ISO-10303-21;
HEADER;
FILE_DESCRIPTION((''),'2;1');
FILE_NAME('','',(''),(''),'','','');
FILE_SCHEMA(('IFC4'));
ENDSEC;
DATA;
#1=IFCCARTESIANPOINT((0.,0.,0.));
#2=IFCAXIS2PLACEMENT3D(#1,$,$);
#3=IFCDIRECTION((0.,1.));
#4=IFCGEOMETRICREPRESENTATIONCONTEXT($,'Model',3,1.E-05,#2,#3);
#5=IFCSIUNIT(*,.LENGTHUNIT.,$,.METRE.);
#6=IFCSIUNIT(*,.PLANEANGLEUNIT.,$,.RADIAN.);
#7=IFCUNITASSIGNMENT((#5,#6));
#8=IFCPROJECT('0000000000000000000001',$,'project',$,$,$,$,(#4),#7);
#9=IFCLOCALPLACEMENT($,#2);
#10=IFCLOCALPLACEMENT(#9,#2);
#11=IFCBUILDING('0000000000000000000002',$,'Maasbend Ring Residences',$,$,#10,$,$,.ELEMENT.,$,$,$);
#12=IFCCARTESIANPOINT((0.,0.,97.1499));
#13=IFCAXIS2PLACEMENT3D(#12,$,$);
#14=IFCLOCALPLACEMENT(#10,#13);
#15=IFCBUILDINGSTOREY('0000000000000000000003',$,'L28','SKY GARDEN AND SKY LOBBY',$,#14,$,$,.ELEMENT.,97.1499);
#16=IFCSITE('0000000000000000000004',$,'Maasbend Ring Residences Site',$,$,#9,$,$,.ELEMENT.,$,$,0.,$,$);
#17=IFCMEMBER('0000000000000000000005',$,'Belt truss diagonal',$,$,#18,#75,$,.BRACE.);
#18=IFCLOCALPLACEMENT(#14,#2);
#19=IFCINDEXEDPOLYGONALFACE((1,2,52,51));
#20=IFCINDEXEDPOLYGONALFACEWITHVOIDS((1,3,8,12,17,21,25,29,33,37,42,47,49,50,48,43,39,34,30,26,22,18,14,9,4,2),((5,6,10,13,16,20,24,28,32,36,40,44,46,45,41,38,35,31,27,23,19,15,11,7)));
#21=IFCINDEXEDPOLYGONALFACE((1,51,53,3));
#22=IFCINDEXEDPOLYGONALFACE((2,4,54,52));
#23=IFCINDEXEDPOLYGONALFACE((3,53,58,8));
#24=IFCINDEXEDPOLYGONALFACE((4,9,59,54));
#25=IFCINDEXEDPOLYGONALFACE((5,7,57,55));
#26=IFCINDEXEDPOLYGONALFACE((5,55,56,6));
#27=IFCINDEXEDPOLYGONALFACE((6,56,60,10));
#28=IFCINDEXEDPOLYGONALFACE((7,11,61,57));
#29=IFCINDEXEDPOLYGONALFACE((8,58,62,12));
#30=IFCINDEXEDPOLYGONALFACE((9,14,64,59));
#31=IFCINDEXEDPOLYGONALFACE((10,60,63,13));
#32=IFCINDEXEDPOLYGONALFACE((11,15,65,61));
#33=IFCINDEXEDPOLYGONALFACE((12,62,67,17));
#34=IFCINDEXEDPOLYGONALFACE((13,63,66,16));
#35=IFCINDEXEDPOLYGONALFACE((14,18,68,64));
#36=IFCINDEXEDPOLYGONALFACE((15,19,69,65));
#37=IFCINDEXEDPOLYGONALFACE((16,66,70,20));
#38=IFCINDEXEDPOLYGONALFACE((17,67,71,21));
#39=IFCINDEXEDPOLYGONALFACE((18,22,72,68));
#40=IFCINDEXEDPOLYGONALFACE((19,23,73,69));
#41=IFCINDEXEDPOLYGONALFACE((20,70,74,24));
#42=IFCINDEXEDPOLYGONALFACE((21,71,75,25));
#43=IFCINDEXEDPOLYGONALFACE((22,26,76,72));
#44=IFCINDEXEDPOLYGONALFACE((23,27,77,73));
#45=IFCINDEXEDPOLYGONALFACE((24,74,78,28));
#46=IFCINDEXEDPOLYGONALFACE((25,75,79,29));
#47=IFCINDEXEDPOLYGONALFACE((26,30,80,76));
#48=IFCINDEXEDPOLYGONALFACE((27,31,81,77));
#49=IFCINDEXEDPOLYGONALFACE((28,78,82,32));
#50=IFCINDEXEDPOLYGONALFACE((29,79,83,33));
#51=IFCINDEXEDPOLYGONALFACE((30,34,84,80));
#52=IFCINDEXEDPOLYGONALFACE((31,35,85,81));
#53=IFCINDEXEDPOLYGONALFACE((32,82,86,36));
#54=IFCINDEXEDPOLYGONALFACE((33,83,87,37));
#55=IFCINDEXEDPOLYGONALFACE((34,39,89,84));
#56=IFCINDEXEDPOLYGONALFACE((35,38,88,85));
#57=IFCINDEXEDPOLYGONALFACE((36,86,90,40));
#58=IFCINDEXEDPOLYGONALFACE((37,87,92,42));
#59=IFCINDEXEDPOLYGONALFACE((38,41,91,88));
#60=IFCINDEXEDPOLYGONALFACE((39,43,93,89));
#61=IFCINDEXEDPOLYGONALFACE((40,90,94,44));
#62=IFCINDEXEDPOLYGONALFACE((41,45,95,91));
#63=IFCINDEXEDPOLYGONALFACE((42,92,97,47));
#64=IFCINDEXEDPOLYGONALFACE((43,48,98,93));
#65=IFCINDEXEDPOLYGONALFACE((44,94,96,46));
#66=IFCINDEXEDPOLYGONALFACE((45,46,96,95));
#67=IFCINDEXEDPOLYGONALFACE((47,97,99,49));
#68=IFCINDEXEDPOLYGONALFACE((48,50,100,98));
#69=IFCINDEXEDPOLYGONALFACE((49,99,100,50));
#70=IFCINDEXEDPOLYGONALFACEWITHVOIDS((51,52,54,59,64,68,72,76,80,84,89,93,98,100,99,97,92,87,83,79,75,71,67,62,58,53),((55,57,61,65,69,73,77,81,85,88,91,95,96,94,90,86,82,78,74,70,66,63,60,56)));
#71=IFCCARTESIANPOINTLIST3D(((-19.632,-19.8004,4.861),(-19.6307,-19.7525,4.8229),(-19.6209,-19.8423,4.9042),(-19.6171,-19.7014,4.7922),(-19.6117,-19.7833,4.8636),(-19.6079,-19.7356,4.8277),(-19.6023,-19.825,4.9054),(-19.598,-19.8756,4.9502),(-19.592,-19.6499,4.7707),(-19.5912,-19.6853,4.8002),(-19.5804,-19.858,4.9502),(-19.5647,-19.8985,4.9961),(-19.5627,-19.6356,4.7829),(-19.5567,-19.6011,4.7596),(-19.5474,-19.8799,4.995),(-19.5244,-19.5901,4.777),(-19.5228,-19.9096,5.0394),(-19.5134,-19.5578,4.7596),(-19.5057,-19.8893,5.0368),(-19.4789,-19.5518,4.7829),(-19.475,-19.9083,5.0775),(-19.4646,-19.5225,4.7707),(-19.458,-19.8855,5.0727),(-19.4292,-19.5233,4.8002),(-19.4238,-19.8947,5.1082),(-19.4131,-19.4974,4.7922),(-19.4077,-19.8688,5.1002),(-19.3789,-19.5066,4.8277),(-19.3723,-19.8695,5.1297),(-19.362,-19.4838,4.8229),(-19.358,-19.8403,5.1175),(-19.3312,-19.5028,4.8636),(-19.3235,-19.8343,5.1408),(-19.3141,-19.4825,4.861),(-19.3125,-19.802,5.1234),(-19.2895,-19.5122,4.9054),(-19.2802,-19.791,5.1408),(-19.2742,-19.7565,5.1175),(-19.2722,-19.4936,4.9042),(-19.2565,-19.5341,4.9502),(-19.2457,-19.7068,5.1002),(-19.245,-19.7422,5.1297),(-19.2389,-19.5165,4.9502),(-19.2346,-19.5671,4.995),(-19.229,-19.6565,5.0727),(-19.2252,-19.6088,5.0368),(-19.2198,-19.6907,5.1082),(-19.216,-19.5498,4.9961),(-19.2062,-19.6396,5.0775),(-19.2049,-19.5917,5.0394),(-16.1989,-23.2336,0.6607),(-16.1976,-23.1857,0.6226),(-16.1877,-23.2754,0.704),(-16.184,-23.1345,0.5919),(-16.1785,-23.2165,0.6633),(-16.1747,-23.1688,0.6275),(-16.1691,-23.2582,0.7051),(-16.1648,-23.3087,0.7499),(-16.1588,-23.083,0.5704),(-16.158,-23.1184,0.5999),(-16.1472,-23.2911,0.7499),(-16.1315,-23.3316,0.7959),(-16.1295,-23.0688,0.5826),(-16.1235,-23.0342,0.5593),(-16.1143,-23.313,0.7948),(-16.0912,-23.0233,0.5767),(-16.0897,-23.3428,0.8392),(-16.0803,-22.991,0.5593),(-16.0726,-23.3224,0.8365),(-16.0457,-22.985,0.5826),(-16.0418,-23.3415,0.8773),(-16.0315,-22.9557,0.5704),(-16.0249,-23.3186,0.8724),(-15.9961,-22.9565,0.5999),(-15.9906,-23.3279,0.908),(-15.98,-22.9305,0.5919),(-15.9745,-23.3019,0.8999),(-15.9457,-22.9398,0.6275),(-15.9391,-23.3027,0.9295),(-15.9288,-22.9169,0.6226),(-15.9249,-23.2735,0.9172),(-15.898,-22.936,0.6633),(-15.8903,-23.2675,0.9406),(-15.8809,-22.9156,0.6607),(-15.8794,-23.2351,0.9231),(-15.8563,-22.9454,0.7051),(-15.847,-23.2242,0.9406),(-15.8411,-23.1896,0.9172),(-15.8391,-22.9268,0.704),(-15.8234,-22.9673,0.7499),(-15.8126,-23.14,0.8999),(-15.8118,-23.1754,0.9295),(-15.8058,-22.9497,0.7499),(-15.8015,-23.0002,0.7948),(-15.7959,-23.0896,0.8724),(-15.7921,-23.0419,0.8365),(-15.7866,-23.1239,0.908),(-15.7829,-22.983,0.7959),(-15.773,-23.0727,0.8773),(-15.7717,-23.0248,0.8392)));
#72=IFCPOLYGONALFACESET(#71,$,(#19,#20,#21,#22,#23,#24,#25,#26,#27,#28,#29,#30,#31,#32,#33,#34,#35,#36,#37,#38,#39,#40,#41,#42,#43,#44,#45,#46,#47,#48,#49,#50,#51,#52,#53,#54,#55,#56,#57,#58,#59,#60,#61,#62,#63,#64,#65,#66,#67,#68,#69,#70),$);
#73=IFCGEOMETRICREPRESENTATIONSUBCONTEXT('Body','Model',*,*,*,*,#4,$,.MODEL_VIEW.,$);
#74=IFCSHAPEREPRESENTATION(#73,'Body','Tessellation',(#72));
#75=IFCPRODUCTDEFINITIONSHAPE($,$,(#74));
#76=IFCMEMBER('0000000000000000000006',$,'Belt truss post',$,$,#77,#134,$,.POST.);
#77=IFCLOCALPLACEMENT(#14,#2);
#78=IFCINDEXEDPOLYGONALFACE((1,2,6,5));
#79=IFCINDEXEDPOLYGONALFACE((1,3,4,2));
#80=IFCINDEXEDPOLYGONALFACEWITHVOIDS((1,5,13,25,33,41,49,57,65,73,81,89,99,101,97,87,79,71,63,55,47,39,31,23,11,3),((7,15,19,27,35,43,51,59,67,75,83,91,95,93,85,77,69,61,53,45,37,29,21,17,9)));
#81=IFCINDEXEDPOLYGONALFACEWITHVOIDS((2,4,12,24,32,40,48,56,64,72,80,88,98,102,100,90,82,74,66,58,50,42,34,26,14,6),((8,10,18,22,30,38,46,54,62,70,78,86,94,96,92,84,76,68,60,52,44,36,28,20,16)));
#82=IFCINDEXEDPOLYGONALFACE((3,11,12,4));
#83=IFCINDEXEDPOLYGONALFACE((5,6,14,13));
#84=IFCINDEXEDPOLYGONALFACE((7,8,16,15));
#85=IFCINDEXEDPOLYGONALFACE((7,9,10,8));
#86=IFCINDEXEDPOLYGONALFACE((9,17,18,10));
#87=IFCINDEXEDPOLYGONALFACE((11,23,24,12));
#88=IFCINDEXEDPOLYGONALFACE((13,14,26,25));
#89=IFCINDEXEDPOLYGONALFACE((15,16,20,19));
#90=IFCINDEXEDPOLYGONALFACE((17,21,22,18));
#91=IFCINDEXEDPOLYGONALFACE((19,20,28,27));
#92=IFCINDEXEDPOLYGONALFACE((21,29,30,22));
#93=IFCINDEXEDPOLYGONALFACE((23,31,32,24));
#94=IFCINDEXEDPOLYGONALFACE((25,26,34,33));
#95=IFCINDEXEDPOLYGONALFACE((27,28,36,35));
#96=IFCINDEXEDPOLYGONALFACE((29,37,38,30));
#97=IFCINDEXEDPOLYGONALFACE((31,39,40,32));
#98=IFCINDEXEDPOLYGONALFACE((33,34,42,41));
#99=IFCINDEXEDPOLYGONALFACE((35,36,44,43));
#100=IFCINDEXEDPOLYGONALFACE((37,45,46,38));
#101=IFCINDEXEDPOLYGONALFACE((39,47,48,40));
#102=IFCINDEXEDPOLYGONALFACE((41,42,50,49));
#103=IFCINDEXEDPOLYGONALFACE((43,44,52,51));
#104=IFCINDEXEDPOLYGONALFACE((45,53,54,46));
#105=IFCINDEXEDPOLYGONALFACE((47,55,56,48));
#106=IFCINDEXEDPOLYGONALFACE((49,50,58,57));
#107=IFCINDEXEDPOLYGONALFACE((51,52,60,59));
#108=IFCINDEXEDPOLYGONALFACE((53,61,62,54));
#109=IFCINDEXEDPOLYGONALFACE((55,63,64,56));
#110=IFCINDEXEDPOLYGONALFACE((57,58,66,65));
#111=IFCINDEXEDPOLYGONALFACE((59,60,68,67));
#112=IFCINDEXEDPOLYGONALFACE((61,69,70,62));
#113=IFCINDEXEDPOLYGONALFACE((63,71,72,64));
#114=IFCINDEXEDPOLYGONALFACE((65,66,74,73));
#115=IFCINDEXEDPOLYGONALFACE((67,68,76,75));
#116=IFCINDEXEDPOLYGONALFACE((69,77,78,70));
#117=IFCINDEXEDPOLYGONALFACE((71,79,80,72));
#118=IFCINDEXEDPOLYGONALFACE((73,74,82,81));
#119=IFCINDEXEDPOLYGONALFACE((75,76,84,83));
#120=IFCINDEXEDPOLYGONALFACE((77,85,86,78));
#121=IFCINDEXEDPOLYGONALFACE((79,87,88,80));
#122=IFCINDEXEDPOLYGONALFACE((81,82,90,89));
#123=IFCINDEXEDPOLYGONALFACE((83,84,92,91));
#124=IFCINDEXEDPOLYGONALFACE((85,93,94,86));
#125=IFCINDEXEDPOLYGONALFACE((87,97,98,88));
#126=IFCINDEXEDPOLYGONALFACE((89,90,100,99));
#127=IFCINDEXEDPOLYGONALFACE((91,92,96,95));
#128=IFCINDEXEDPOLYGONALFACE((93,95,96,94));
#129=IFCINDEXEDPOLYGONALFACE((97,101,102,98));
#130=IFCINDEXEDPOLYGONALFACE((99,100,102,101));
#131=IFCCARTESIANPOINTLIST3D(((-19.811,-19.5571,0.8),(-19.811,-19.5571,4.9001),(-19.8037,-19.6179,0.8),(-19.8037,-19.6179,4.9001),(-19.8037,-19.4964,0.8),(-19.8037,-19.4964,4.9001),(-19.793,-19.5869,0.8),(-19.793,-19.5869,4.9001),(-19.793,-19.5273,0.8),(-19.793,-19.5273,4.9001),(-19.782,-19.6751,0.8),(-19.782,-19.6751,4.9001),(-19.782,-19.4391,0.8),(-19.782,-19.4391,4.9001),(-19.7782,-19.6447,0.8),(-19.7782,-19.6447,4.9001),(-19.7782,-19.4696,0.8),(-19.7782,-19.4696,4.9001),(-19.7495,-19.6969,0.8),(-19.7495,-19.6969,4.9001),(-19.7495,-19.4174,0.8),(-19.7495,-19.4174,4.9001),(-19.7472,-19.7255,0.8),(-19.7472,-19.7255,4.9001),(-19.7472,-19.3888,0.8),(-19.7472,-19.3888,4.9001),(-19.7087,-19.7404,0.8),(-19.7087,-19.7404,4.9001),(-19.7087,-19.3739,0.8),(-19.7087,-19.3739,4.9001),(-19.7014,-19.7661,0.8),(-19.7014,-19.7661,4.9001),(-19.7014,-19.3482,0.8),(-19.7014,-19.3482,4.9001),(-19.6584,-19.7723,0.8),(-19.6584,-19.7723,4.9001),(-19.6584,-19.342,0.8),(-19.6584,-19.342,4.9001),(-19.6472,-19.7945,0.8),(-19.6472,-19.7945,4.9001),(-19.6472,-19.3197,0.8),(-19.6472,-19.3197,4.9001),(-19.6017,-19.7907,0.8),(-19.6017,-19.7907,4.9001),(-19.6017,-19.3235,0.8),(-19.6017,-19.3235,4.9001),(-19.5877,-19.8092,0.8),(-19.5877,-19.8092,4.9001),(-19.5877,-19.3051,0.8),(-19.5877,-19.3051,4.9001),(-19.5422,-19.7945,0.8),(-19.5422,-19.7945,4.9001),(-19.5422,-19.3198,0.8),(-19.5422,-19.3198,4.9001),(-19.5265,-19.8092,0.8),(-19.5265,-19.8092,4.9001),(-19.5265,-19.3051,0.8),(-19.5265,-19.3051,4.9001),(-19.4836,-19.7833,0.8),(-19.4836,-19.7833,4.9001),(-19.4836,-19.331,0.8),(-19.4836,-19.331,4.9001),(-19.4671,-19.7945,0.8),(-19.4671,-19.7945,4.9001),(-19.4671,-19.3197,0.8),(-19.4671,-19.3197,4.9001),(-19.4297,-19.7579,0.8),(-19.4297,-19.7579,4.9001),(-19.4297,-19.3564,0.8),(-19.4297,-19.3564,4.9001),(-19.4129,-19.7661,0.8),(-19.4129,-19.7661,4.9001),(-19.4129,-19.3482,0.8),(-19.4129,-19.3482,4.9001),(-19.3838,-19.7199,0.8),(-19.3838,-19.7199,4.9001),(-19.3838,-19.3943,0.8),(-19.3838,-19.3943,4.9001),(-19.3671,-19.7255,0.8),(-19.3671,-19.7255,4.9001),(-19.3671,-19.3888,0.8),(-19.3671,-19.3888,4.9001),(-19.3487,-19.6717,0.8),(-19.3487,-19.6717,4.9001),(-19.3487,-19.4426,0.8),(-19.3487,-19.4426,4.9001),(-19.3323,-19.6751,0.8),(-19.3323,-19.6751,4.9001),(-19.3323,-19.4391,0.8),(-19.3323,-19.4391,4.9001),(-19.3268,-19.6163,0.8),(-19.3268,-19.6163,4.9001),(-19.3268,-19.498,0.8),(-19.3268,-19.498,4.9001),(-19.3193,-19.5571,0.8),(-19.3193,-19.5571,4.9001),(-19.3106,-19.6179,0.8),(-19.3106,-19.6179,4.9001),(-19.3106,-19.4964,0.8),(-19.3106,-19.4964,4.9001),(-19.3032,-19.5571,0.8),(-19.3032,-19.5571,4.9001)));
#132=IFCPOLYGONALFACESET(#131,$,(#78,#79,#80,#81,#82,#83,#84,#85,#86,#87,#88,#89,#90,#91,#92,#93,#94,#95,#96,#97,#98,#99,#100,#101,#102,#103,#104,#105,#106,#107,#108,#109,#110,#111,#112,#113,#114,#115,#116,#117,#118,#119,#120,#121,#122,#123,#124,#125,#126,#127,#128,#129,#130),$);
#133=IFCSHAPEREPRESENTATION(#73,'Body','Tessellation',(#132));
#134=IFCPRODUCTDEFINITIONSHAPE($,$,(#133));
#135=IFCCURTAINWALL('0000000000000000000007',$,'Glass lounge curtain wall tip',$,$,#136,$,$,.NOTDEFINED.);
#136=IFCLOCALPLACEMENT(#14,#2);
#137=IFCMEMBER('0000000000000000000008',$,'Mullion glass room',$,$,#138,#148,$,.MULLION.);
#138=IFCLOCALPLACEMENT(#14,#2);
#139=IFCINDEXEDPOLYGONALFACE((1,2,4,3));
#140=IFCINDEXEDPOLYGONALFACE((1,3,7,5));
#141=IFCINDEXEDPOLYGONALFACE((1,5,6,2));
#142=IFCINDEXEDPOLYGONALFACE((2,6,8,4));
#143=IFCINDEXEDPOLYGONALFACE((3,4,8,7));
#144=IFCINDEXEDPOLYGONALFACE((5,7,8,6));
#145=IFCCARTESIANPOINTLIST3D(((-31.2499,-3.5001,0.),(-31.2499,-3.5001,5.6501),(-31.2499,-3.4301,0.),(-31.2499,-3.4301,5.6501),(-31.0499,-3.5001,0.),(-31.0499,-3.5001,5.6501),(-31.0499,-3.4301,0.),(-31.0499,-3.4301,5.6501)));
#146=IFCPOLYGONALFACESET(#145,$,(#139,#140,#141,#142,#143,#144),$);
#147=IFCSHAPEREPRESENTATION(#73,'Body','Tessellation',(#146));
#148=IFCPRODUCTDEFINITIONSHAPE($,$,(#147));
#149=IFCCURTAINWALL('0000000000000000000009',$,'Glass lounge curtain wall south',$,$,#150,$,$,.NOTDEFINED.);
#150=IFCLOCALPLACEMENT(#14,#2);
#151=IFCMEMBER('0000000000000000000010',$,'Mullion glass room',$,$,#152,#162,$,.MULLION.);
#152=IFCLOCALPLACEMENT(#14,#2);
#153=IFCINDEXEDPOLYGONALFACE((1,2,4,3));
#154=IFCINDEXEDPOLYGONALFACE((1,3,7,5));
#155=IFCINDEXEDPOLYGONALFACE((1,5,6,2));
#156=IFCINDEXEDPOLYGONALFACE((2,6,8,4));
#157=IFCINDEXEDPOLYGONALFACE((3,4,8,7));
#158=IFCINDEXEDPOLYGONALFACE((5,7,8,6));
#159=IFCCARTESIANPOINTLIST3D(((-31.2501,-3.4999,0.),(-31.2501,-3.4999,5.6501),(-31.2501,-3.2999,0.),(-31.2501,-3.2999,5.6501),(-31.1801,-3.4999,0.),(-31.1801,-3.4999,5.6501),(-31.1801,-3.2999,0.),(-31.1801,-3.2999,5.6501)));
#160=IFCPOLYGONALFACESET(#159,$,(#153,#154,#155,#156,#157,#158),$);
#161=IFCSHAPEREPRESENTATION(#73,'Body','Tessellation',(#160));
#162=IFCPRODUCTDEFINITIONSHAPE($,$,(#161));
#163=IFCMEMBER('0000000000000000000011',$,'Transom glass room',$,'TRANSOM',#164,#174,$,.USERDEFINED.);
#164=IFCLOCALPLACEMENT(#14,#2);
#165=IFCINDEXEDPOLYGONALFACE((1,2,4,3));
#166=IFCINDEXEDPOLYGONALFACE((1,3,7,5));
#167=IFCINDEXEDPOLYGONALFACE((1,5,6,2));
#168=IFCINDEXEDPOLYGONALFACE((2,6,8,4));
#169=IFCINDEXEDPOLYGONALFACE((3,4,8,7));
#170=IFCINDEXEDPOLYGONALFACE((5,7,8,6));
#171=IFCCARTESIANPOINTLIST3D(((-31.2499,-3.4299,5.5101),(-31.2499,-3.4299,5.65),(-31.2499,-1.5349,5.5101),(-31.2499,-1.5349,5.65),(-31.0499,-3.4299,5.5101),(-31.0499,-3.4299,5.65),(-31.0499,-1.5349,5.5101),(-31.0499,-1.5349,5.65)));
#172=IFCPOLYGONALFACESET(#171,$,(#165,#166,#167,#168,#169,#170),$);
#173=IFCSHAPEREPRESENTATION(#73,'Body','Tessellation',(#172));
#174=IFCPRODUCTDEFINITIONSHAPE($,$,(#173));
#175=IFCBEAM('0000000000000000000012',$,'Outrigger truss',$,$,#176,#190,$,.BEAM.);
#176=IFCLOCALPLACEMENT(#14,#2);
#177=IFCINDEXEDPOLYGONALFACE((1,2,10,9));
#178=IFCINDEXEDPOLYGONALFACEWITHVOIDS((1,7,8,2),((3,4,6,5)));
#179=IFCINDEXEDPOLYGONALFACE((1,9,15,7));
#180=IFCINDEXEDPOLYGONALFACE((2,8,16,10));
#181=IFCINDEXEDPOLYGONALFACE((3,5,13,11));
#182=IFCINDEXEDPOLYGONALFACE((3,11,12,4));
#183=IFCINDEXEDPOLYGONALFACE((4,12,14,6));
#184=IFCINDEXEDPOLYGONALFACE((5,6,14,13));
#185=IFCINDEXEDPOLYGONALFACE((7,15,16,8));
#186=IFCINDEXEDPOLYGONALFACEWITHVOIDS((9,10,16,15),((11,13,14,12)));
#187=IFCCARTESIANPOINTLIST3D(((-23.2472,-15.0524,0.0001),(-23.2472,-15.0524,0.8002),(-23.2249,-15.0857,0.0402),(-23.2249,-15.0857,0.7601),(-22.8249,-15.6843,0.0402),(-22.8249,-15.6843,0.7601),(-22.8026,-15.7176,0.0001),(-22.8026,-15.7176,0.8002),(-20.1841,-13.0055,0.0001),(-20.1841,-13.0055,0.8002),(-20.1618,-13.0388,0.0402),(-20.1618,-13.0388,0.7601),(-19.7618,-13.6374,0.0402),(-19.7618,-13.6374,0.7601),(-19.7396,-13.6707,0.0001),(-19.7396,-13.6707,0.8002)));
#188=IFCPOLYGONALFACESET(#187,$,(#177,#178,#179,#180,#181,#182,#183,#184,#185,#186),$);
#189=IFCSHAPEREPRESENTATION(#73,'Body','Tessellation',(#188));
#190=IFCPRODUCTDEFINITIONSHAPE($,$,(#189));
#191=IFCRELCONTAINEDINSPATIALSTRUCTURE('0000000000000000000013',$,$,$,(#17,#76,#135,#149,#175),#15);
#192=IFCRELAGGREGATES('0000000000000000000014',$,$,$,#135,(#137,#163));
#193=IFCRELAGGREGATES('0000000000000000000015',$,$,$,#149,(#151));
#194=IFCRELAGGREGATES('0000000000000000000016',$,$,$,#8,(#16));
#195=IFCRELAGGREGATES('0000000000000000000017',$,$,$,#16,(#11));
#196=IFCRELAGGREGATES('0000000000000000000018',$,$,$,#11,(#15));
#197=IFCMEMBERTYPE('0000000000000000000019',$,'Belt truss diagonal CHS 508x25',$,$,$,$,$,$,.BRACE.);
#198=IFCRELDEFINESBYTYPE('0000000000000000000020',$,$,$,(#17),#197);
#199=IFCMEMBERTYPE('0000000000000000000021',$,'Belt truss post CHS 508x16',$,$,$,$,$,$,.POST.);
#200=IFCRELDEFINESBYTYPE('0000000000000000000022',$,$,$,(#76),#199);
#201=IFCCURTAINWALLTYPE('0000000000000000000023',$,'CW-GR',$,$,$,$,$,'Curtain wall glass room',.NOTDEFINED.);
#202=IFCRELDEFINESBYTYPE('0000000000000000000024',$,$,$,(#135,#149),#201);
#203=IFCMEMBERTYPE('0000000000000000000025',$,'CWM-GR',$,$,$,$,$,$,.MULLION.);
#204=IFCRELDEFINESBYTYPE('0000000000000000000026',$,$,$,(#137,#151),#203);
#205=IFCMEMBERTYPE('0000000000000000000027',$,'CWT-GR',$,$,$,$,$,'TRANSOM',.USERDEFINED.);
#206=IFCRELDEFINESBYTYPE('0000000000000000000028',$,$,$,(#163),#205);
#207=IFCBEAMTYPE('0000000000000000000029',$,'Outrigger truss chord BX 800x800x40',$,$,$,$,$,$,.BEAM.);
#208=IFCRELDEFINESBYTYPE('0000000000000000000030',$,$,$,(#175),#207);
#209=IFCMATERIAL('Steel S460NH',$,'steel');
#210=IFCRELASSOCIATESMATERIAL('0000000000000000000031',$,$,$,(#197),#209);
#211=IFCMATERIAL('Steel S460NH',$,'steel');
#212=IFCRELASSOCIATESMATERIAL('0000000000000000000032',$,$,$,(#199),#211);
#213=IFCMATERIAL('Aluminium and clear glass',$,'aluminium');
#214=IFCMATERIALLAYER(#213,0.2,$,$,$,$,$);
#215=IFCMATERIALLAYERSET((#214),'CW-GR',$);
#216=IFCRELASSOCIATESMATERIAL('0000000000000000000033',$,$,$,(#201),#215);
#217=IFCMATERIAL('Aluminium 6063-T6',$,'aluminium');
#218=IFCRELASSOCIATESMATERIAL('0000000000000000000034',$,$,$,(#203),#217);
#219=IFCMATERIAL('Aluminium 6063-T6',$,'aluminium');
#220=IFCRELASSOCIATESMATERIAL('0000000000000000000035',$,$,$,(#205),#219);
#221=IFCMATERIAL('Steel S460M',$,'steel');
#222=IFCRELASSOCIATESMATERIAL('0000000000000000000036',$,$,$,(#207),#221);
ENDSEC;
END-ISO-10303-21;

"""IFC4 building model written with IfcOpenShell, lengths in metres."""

from ifc_helpers import new_model, si_unit, direction, frame, origin, origin_2d, place, context, subcontext, project, spatial, rectangle, hollow_rectangle, hollow_circle, extrude, material, layer, layer_set, material_profile, profile_set, type_object, element, aggregate, save


model = new_model("IFC4")

# Units and contexts
model_context = context("Model", 3, precision=1e-05, world=origin(), true_north=direction((0.0, 1.0)))
body_context = subcontext(model_context, "Body", "Model", "MODEL_VIEW")
ifc_project = project(units=[si_unit("LENGTHUNIT", "METRE"), si_unit("PLANEANGLEUNIT", "RADIAN")], contexts=[model_context])

# Site, building, storey
site_placement = place(None, origin())
site = spatial("IfcSite", under=ifc_project, at=site_placement, Name="Maasbend Ring Residences Site", CompositionType="ELEMENT", RefElevation=0.0)
building_placement = place(site_placement, origin())
building = spatial("IfcBuilding", under=site, at=building_placement, Name="Maasbend Ring Residences", CompositionType="ELEMENT")
storey_placement = place(building_placement, frame((0.0, 0.0, 97.1499)))
storey = spatial("IfcBuildingStorey", under=building, at=storey_placement, Name="L28", Description="SKY GARDEN AND SKY LOBBY", CompositionType="ELEMENT", Elevation=97.1499)

# Members
ifc_material_1 = material(Name="Steel S460NH", Category="steel")
ifc_material_profile_1 = material_profile(ifc_material_1, hollow_circle(Radius=0.2539, WallThickness=0.0249, at=origin_2d()), Name="Belt truss diagonal CHS 508x25")
ifc_profile_set_1 = profile_set([ifc_material_profile_1], Name="Steel S460NH")
member_type_1 = type_object("IfcMemberType", Name="Belt truss diagonal CHS 508x25", PredefinedType="BRACE", material=ifc_profile_set_1)
for number, where, z_axis, x_axis, name in (
    (1, (-19.4185, -19.696, 4.9502), (0.534767, -0.534767, -0.654255), (0.707107, 0.707107, 0.0), "Belt truss diagonal"),
):
    element("IfcMember", number, at=place(storey_placement, frame(where, z_axis=z_axis, x_axis=x_axis)), inside=storey, type_object=member_type_1, Name=name, PredefinedType="BRACE", context=body_context, shape_type="SweptSolid", body=[
        extrude(hollow_circle(Radius=0.2539, WallThickness=0.0249, at=origin_2d()), origin(), (0.0, 0.0, 1.0), 6.4199),
    ])
ifc_material_2 = material(Name="Steel S460NH", Category="steel")
ifc_material_profile_2 = material_profile(ifc_material_2, hollow_circle(Radius=0.2539, WallThickness=0.0161, at=origin_2d()), Name="Belt truss post CHS 508x16")
ifc_profile_set_2 = profile_set([ifc_material_profile_2], Name="Steel S460NH")
member_type_2 = type_object("IfcMemberType", Name="Belt truss post CHS 508x16", PredefinedType="POST", material=ifc_profile_set_2)
member_1_placement = place(storey_placement, frame((-19.5571, -19.5571, 0.8), z_axis=(0.0, 0.0, 1.0), x_axis=(1.0, 0.0, 0.0)))
element("IfcMember", 2, at=member_1_placement, inside=storey, type_object=member_type_2, Name="Belt truss post", PredefinedType="POST", context=body_context, shape_type="SweptSolid", body=[
    extrude(hollow_circle(Radius=0.2539, WallThickness=0.0161, at=origin_2d()), origin(), (0.0, 0.0, 1.0), 4.1001),
])

# Curtain walls, members
ifc_material_3 = material(Name="Aluminium and clear glass", Category="aluminium")
ifc_layer_1 = layer(ifc_material_3, 0.2)
ifc_layer_set_1 = layer_set([ifc_layer_1], Name="CW-GR")
curtain_wall_type = type_object("IfcCurtainWallType", Name="CW-GR", ElementType="Curtain wall glass room", PredefinedType="NOTDEFINED", material=ifc_layer_set_1)
curtain_wall_1_placement = place(storey_placement, origin())
curtain_wall_1 = element("IfcCurtainWall", 3, at=curtain_wall_1_placement, inside=storey, type_object=curtain_wall_type, Name="Glass lounge curtain wall tip", PredefinedType="NOTDEFINED")
ifc_material_4 = material(Name="Aluminium 6063-T6", Category="aluminium")
ifc_material_profile_3 = material_profile(ifc_material_4, rectangle(XDim=0.2, YDim=0.0701, at=origin_2d()), Name="AL 200x70")
ifc_profile_set_3 = profile_set([ifc_material_profile_3], Name="Aluminium 6063-T6")
member_type_3 = type_object("IfcMemberType", Name="CWM-GR", PredefinedType="MULLION", material=ifc_profile_set_3)
member_2_placement = place(storey_placement, frame((-31.1499, -3.4651, 0.0), z_axis=(0.0, 0.0, 1.0), x_axis=(-1.0, 0.0, 0.0)))
member_2 = element("IfcMember", 4, at=member_2_placement, type_object=member_type_3, Name="Mullion glass room", PredefinedType="MULLION", context=body_context, shape_type="SweptSolid", body=[
    extrude(rectangle(XDim=0.2, YDim=0.0701, at=origin_2d()), origin(), (0.0, 0.0, 1.0), 5.6501),
])
curtain_wall_2_placement = place(storey_placement, origin())
curtain_wall_2 = element("IfcCurtainWall", 5, at=curtain_wall_2_placement, inside=storey, type_object=curtain_wall_type, Name="Glass lounge curtain wall south", PredefinedType="NOTDEFINED")
member_3_placement = place(storey_placement, frame((-31.2151, -3.3999, 0.0), z_axis=(0.0, 0.0, 1.0), x_axis=(0.0, -1.0, 0.0)))
member_3 = element("IfcMember", 6, at=member_3_placement, type_object=member_type_3, Name="Mullion glass room", PredefinedType="MULLION", context=body_context, shape_type="SweptSolid", body=[
    extrude(rectangle(XDim=0.2, YDim=0.0701, at=origin_2d()), origin(), (0.0, 0.0, 1.0), 5.6501),
])

# Member
ifc_material_5 = material(Name="Aluminium 6063-T6", Category="aluminium")
ifc_material_profile_4 = material_profile(ifc_material_5, rectangle(XDim=0.2, YDim=0.1399, at=origin_2d()), Name="AL 200x140")
ifc_profile_set_4 = profile_set([ifc_material_profile_4], Name="Aluminium 6063-T6")
member_type_4 = type_object("IfcMemberType", Name="CWT-GR", ElementType="TRANSOM", PredefinedType="USERDEFINED", material=ifc_profile_set_4)
member_4_placement = place(storey_placement, frame((-31.1499, -3.4299, 5.5801), z_axis=(0.0, 1.0, 0.0), x_axis=(-1.0, 0.0, 0.0)))
member_4 = element("IfcMember", 7, at=member_4_placement, type_object=member_type_4, Name="Transom glass room", ObjectType="TRANSOM", PredefinedType="USERDEFINED", context=body_context, shape_type="SweptSolid", body=[
    extrude(rectangle(XDim=0.2, YDim=0.1399, at=origin_2d()), origin(), (0.0, 0.0, 1.0), 1.895),
])
aggregate(curtain_wall_1, [member_2, member_4])

# Beam
ifc_material_6 = material(Name="Steel S460M", Category="steel")
ifc_material_profile_5 = material_profile(ifc_material_6, hollow_rectangle(XDim=0.8, YDim=0.8, WallThickness=0.04, at=origin_2d()), Name="Outrigger truss chord BX 800x800x40")
ifc_profile_set_5 = profile_set([ifc_material_profile_5], Name="Steel S460M")
beam_type_1 = type_object("IfcBeamType", Name="Outrigger truss chord BX 800x800x40", PredefinedType="BEAM", material=ifc_profile_set_5)
beam_1_placement = place(storey_placement, frame((-23.0249, -15.385, 0.4001), z_axis=(0.831438, 0.555617, 0.0), x_axis=(-0.555617, 0.831438, 0.0)))
element("IfcBeam", 8, at=beam_1_placement, inside=storey, type_object=beam_type_1, Name="Outrigger truss", PredefinedType="BEAM", context=body_context, shape_type="SweptSolid", body=[
    extrude(hollow_rectangle(XDim=0.8, YDim=0.8, WallThickness=0.04, at=origin_2d()), origin(), (0.0, 0.0, 1.0), 3.6841),
])

aggregate(curtain_wall_2, [member_3])

save(model, "model.ifc")
